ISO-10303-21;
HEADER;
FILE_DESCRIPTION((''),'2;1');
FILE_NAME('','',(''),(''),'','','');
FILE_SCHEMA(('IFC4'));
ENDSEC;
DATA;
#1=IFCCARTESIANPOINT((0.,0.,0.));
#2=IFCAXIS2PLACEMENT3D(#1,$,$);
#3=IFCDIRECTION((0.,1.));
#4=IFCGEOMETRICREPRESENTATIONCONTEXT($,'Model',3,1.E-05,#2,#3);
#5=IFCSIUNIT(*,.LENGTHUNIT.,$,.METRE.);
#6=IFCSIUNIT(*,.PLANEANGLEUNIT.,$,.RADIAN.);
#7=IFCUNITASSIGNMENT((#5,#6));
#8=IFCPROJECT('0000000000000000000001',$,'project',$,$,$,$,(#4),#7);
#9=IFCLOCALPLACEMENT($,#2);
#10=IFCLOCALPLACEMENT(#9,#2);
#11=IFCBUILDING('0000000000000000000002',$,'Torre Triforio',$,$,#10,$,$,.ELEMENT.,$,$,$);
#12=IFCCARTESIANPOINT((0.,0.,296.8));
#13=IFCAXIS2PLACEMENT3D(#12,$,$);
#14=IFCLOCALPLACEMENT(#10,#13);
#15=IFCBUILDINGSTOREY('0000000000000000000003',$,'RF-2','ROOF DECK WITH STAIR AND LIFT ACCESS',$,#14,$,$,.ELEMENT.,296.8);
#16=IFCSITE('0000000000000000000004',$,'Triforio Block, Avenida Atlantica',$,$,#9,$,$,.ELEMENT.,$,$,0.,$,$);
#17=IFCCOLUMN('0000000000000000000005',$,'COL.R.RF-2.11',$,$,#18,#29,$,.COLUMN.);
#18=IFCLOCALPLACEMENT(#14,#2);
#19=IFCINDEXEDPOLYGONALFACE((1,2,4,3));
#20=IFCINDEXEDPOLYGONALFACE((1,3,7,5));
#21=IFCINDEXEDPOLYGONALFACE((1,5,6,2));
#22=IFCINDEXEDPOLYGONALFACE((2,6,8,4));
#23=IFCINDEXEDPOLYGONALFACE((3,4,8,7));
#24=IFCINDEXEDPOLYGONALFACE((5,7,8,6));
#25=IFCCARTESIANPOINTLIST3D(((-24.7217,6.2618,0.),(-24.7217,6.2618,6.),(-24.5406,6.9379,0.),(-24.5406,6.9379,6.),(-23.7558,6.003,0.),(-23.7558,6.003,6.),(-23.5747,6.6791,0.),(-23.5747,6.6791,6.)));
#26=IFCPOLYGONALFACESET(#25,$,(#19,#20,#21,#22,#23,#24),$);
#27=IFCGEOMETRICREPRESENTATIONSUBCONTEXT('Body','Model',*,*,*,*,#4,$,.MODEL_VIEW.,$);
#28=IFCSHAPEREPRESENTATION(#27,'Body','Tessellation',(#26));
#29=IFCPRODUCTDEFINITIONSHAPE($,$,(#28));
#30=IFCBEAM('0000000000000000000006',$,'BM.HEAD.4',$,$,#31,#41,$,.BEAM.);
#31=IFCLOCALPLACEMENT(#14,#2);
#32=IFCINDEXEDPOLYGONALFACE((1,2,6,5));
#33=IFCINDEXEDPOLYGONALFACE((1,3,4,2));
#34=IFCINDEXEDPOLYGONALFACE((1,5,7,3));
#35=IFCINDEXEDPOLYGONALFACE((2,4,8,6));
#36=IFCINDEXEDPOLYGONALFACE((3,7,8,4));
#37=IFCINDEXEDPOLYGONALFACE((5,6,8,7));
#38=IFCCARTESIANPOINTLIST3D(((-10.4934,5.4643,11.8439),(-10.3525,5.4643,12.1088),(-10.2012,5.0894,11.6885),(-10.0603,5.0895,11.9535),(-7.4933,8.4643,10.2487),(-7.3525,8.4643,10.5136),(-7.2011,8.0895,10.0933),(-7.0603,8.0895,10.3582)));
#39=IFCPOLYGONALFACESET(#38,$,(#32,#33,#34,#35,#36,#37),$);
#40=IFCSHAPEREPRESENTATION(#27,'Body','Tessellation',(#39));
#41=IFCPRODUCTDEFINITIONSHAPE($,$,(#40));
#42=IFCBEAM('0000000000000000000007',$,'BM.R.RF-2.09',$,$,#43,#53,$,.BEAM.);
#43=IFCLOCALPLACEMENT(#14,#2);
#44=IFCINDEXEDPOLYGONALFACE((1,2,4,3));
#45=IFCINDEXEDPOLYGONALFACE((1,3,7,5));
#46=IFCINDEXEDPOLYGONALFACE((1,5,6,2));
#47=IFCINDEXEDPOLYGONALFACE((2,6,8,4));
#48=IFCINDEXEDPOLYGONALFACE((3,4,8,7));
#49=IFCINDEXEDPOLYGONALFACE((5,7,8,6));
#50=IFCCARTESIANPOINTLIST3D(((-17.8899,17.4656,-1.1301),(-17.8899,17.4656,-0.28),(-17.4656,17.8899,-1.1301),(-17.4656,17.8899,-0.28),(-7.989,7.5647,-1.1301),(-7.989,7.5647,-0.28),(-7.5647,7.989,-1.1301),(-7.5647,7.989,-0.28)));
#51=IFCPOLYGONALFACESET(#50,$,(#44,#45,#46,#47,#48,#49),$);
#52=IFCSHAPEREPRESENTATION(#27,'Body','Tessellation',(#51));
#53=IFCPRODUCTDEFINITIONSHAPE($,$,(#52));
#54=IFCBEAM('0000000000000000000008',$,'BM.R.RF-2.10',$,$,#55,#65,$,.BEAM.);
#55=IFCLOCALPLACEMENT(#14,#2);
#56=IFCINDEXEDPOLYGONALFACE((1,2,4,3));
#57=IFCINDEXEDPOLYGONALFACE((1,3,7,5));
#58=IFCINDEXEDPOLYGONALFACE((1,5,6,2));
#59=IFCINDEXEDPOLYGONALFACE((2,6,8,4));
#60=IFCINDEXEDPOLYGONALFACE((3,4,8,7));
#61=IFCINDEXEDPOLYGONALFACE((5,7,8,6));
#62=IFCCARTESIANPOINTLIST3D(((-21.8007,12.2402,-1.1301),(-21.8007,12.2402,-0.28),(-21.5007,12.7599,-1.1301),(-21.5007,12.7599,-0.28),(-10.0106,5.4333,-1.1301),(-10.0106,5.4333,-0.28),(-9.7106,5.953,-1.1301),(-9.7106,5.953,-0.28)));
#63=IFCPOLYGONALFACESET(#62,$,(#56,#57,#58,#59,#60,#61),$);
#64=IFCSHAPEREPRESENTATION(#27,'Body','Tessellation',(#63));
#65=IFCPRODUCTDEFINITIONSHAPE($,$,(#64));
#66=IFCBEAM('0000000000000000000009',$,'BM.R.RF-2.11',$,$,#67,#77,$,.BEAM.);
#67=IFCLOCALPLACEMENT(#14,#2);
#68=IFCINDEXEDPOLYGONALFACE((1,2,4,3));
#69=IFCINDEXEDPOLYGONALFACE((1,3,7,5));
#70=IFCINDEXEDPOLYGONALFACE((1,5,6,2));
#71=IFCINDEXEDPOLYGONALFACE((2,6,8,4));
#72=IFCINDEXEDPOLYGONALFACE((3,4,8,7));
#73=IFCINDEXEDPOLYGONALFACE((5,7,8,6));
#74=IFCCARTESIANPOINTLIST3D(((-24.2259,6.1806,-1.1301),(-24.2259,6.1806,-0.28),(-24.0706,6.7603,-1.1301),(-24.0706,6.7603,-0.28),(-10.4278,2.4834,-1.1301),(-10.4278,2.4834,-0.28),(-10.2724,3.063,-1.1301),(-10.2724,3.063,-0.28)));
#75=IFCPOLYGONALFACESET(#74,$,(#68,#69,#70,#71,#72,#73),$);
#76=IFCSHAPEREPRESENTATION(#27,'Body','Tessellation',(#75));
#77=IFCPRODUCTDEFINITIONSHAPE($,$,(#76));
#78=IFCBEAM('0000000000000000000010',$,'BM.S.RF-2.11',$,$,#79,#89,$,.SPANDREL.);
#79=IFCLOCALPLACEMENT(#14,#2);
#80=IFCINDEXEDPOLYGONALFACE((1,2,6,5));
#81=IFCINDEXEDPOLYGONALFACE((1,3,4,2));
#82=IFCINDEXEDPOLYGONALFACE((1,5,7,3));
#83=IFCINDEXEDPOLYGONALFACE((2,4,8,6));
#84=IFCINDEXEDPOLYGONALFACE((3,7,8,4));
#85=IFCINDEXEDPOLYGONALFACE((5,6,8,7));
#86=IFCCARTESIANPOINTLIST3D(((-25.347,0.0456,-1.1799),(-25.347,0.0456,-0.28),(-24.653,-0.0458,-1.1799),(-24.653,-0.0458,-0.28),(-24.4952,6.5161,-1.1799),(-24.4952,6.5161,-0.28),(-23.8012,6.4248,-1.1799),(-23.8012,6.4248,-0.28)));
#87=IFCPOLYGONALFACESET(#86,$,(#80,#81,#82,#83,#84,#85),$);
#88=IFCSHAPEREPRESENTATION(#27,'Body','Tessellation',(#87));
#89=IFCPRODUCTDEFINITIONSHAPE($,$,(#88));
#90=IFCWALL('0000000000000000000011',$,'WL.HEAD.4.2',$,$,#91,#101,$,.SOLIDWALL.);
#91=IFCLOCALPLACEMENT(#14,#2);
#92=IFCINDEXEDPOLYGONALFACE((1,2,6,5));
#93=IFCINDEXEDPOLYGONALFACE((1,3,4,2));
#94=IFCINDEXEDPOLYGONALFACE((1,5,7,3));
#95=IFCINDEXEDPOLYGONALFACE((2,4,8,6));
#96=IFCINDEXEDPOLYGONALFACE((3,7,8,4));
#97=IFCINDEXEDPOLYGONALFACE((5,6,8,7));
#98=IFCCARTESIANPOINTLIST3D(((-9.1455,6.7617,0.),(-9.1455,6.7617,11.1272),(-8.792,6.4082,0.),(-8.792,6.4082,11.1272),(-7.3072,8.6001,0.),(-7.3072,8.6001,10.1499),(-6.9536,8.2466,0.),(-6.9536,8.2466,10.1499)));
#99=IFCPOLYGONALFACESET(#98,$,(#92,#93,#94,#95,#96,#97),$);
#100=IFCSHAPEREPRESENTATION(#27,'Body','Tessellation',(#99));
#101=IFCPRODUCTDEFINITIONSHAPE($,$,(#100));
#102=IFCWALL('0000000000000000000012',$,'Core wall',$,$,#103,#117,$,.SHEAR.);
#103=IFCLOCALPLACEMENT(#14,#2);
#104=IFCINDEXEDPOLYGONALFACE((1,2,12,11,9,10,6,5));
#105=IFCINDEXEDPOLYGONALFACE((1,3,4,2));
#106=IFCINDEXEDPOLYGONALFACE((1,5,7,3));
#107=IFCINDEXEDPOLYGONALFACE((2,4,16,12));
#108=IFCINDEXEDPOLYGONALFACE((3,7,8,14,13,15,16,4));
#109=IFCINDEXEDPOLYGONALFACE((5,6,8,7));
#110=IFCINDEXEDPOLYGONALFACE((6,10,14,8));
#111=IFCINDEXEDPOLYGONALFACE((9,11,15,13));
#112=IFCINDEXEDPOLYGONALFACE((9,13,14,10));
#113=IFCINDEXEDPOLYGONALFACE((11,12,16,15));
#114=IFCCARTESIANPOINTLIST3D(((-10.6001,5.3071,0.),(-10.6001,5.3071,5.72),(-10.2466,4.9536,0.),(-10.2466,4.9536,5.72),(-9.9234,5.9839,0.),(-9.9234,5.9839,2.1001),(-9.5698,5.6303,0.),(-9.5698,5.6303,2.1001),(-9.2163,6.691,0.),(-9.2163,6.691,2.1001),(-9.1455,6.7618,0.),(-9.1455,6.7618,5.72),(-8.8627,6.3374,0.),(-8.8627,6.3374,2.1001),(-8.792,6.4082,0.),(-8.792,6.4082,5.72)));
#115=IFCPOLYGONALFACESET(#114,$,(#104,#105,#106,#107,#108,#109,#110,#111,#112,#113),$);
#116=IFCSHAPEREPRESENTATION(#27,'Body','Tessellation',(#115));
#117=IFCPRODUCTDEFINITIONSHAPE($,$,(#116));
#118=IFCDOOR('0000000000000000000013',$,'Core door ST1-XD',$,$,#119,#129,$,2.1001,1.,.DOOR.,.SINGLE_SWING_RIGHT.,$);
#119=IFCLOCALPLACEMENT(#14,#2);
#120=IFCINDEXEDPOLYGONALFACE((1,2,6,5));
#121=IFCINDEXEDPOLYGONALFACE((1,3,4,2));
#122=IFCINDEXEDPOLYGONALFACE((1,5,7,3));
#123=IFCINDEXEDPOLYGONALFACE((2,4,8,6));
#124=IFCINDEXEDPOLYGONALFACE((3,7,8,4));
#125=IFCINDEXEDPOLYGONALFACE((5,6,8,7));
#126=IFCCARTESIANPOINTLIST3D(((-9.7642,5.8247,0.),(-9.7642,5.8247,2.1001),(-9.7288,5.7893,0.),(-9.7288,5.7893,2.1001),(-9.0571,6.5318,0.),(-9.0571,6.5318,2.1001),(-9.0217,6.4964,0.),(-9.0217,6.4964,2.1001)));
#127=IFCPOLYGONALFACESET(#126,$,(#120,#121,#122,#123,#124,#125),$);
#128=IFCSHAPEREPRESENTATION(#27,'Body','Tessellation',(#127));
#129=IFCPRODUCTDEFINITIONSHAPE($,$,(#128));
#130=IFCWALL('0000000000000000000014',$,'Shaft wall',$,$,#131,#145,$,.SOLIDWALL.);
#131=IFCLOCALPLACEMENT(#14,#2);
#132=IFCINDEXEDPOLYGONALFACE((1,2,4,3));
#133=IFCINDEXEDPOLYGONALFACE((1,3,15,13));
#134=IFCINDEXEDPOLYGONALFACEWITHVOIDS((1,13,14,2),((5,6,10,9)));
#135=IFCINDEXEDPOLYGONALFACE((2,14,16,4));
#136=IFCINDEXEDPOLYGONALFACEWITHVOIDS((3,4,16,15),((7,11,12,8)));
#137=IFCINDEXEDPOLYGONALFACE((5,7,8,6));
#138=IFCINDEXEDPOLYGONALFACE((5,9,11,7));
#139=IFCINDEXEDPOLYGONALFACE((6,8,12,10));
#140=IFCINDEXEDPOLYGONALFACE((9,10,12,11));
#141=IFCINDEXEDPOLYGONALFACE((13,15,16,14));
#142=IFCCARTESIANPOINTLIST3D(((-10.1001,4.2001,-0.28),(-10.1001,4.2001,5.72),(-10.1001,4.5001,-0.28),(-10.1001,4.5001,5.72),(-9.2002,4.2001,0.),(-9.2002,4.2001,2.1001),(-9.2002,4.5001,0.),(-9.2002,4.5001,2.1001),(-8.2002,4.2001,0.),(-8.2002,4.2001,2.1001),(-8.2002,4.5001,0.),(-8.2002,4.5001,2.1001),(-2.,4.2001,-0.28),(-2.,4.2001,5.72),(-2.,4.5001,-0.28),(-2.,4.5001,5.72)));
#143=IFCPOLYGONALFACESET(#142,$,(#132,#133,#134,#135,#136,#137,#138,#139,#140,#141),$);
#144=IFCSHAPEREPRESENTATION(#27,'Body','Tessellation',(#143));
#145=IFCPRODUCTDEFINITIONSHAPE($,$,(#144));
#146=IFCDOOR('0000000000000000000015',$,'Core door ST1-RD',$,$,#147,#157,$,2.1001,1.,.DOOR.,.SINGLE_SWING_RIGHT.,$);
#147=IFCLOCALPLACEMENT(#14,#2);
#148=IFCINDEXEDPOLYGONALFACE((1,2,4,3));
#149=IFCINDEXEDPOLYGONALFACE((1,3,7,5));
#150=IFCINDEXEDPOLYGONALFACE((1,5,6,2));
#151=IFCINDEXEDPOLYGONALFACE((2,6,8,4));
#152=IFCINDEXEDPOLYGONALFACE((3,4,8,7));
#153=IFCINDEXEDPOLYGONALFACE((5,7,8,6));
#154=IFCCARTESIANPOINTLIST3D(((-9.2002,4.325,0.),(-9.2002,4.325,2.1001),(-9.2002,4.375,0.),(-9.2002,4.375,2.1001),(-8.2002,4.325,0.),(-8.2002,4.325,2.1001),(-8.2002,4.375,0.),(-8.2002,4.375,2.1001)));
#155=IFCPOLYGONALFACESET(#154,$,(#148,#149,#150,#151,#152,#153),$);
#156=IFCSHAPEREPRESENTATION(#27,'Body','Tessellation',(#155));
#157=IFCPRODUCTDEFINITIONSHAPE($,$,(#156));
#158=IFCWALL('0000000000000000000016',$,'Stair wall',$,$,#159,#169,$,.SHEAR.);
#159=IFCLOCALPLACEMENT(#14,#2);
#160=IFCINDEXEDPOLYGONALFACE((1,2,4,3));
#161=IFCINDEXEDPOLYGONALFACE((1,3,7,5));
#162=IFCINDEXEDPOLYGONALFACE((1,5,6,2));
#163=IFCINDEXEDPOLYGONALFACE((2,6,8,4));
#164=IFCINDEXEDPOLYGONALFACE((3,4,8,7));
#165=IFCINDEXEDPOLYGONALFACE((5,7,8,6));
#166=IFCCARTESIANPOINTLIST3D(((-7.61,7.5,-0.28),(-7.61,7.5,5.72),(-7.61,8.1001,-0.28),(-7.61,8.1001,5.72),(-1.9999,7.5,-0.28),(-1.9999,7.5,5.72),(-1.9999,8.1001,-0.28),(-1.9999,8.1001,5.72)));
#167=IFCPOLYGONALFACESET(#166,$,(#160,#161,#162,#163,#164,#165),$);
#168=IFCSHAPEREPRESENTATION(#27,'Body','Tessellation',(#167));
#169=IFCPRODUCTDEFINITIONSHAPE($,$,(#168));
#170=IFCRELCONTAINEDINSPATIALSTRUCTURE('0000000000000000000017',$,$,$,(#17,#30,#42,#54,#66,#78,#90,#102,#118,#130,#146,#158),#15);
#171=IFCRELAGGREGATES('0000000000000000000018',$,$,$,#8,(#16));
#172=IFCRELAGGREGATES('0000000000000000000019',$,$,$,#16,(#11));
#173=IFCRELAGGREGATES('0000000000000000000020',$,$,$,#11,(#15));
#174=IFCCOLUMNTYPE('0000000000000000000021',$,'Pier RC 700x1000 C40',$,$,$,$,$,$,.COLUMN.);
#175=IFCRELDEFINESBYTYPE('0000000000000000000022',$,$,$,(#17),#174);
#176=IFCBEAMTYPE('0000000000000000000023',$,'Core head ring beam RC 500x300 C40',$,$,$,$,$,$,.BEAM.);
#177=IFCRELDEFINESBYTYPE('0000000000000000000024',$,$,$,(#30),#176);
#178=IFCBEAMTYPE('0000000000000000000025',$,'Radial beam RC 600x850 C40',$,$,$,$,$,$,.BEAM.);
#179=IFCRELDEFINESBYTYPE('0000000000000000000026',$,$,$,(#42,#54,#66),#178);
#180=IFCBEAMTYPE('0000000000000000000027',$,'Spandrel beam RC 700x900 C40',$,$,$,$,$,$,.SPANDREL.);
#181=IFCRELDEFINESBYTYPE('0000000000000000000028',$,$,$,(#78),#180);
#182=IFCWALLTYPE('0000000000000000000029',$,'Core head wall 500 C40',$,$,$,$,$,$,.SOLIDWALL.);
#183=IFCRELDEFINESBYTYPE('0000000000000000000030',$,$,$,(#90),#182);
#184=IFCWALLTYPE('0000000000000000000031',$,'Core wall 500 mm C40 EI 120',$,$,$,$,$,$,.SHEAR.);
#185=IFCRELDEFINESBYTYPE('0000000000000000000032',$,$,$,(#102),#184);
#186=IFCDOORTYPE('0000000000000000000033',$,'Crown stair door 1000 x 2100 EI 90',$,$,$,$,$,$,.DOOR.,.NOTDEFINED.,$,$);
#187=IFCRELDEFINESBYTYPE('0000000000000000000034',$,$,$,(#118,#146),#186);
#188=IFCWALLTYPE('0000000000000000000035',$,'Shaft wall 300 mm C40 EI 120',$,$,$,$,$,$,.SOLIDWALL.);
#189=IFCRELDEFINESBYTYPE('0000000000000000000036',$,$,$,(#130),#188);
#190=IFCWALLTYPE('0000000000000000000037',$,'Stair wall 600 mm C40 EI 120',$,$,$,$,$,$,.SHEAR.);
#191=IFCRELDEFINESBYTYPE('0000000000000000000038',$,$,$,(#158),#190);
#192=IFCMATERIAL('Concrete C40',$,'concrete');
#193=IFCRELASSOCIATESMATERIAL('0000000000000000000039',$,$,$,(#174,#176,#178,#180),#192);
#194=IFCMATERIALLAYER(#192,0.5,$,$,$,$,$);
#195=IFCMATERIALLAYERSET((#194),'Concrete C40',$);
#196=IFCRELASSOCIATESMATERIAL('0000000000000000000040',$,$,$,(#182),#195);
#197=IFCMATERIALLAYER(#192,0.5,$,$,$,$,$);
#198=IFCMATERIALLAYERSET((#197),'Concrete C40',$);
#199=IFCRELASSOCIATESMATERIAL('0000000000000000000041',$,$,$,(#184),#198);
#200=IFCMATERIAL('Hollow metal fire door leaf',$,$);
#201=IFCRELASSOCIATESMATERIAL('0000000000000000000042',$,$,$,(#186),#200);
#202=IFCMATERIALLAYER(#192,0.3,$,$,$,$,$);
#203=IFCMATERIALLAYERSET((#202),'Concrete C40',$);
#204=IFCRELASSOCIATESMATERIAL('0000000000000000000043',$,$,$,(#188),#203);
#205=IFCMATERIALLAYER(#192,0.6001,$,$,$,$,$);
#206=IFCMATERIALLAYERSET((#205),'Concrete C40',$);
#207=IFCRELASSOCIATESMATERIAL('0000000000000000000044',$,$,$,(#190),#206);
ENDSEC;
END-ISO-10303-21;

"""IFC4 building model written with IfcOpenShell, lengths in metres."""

from ifc_helpers import new_model, si_unit, direction, frame, frame_2d, origin, origin_2d, place, context, subcontext, project, spatial, polyline, rectangle, outline, extrude, material, layer, layer_set, material_profile, profile_set, type_object, element, fill, save


model = new_model("IFC4")

# Units and contexts
model_context = context("Model", 3, precision=1e-05, world=origin(), true_north=direction((0.0, 1.0)))
body_context = subcontext(model_context, "Body", "Model", "MODEL_VIEW")
ifc_project = project(units=[si_unit("LENGTHUNIT", "METRE"), si_unit("PLANEANGLEUNIT", "RADIAN")], contexts=[model_context])

# Site, building, storey
site_placement = place(None, origin())
site = spatial("IfcSite", under=ifc_project, at=site_placement, Name="Triforio Block, Avenida Atlantica", CompositionType="ELEMENT", RefElevation=0.0)
building_placement = place(site_placement, origin())
building = spatial("IfcBuilding", under=site, at=building_placement, Name="Torre Triforio", CompositionType="ELEMENT")
storey_placement = place(building_placement, frame((0.0, 0.0, 296.8)))
storey = spatial("IfcBuildingStorey", under=building, at=storey_placement, Name="RF-2", Description="ROOF DECK WITH STAIR AND LIFT ACCESS", CompositionType="ELEMENT", Elevation=296.8)

# Column
ifc_material_1 = material(Name="Concrete C40", Category="concrete")
ifc_material_profile_1 = material_profile(ifc_material_1, rectangle(XDim=0.7, YDim=1.0, at=origin_2d()), Name="RC 700x1000")
ifc_profile_set_1 = profile_set([ifc_material_profile_1], Name="Concrete C40")
column_type = type_object("IfcColumnType", Name="Pier RC 700x1000 C40", PredefinedType="COLUMN", material=ifc_profile_set_1)
column_placement = place(storey_placement, frame((-24.1482, 6.4705, 0.0), z_axis=(0.0, 0.0, 1.0), x_axis=(-0.258819, -0.965926, 0.0)))
element("IfcColumn", 1, at=column_placement, inside=storey, type_object=column_type, Name="COL.R.RF-2.11", PredefinedType="COLUMN", context=body_context, shape_type="SweptSolid", body=[
    extrude(rectangle(XDim=0.7, YDim=1.0, at=origin_2d()), origin(), (0.0, 0.0, 1.0), 6.0),
])

# Beams
ifc_material_profile_2 = material_profile(ifc_material_1, rectangle(XDim=0.5, YDim=0.3, at=origin_2d()), Name="RC 500x300")
ifc_profile_set_2 = profile_set([ifc_material_profile_2], Name="Concrete C40")
beam_type_1 = type_object("IfcBeamType", Name="Core head ring beam RC 500x300 C40", PredefinedType="BEAM", material=ifc_profile_set_2)
beam_1_placement = place(storey_placement, frame((-10.2769, 5.2769, 11.8987), z_axis=(0.661868, 0.661868, -0.35194), x_axis=(-0.584395, 0.749621, 0.310728)))
element("IfcBeam", 2, at=beam_1_placement, inside=storey, type_object=beam_type_1, Name="BM.HEAD.4", PredefinedType="BEAM", context=body_context, shape_type="SweptSolid", body=[
    extrude(rectangle(XDim=0.5, YDim=0.3, at=origin_2d()), origin(), (0.0, 0.0, 1.0), 4.5327),
])
ifc_material_profile_3 = material_profile(ifc_material_1, rectangle(XDim=0.6001, YDim=0.8501, at=origin_2d()), Name="RC 600x850")
ifc_profile_set_3 = profile_set([ifc_material_profile_3], Name="Concrete C40")
beam_type_2 = type_object("IfcBeamType", Name="Radial beam RC 600x850 C40", PredefinedType="BEAM", material=ifc_profile_set_3)
beam_2_placement = place(storey_placement, frame((-7.7769, 7.7769, -0.7051), z_axis=(-0.707107, 0.707107, 0.0), x_axis=(-0.707107, -0.707107, 0.0)))
element("IfcBeam", 3, at=beam_2_placement, inside=storey, type_object=beam_type_2, Name="BM.R.RF-2.09", PredefinedType="BEAM", context=body_context, shape_type="SweptSolid", body=[
    extrude(rectangle(XDim=0.6001, YDim=0.8501, at=origin_2d()), origin(), (0.0, 0.0, 1.0), 14.002),
])
beam_3_placement = place(storey_placement, frame((-9.8606, 5.6931, -0.7051), z_axis=(-0.866029, 0.499995, 0.0), x_axis=(-0.499995, -0.866029, 0.0)))
element("IfcBeam", 4, at=beam_3_placement, inside=storey, type_object=beam_type_2, Name="BM.R.RF-2.10", PredefinedType="BEAM", context=body_context, shape_type="SweptSolid", body=[
    extrude(rectangle(XDim=0.6001, YDim=0.8501, at=origin_2d()), origin(), (0.0, 0.0, 1.0), 13.614),
])
beam_4_placement = place(storey_placement, frame((-10.3501, 2.7732, -0.7051), z_axis=(-0.965924, 0.258824, 0.0), x_axis=(-0.258824, -0.965924, 0.0)))
element("IfcBeam", 5, at=beam_4_placement, inside=storey, type_object=beam_type_2, Name="BM.R.RF-2.11", PredefinedType="BEAM", context=body_context, shape_type="SweptSolid", body=[
    extrude(rectangle(XDim=0.6001, YDim=0.8501, at=origin_2d()), origin(), (0.0, 0.0, 1.0), 14.2849),
])
ifc_material_profile_4 = material_profile(ifc_material_1, rectangle(XDim=0.7, YDim=0.8999, at=origin_2d()), Name="RC 700x900")
ifc_profile_set_4 = profile_set([ifc_material_profile_4], Name="Concrete C40")
beam_type_3 = type_object("IfcBeamType", Name="Spandrel beam RC 700x900 C40", PredefinedType="SPANDREL", material=ifc_profile_set_4)
beam_5_placement = place(storey_placement, frame((-24.1482, 6.4705, -0.73), z_axis=(-0.130519, -0.991446, 0.0), x_axis=(0.991446, -0.130519, 0.0)))
element("IfcBeam", 6, at=beam_5_placement, inside=storey, type_object=beam_type_3, Name="BM.S.RF-2.11", PredefinedType="SPANDREL", context=body_context, shape_type="SweptSolid", body=[
    extrude(rectangle(XDim=0.7, YDim=0.8999, at=origin_2d()), origin(), (0.0, 0.0, 1.0), 6.5264),
])

# Wall
ifc_layer_1 = layer(ifc_material_1, 0.5)
ifc_layer_set_1 = layer_set([ifc_layer_1], Name="Concrete C40")
wall_type_1 = type_object("IfcWallType", Name="Core head wall 500 C40", PredefinedType="SOLIDWALL", material=ifc_layer_set_1)
wall_1_placement = place(storey_placement, frame((-8.9688, 6.585, 0.0), z_axis=(0.0, 0.0, 1.0), x_axis=(0.707107, 0.707107, 0.0)))
element("IfcWall", 7, at=wall_1_placement, inside=storey, type_object=wall_type_1, Name="WL.HEAD.4.2", PredefinedType="SOLIDWALL", context=body_context, shape_type="SweptSolid", body=[
    extrude(outline(polyline([(0.0, 0.0), (2.5999, 0.0), (2.5999, 10.1499), (0.0, 11.1272), (0.0, 0.0)])), frame((0.0, 0.25, 0.0), z_axis=(0.0, -1.0, 0.0), x_axis=(1.0, 0.0, 0.0)), (0.0, 0.0, 1.0), 0.5),
])

# Walls, openings, doors
ifc_layer_2 = layer(ifc_material_1, 0.5)
ifc_layer_set_2 = layer_set([ifc_layer_2], Name="Concrete C40")
wall_type_2 = type_object("IfcWallType", Name="Core wall 500 mm C40 EI 120", PredefinedType="SHEAR", material=ifc_layer_set_2)
wall_2_placement = place(storey_placement, frame((-10.4233, 5.1304, 0.0), z_axis=(0.0, 0.0, 1.0), x_axis=(0.707107, 0.707107, 0.0)))
wall_2 = element("IfcWall", 8, at=wall_2_placement, inside=storey, type_object=wall_type_2, Name="Core wall", PredefinedType="SHEAR", context=body_context, shape_type="SweptSolid", body=[
    extrude(rectangle(XDim=2.0571, YDim=0.5, at=frame_2d((1.0286, 0.0))), origin(), (0.0, 0.0, 1.0), 5.72),
])
opening_1_placement = place(wall_2_placement, frame((0.957, 0.0, 0.0)))
opening_1 = element("IfcOpeningElement", 9, at=opening_1_placement, cuts=wall_2, PredefinedType="OPENING", context=body_context, shape_type="SweptSolid", body=[
    extrude(rectangle(XDim=1.0, YDim=2.1001, at=frame_2d((0.5, 1.05))), frame((0.0, 0.26, 0.0), z_axis=(0.0, -1.0, 0.0), x_axis=(1.0, 0.0, 0.0)), (0.0, 0.0, 1.0), 0.52),
])
ifc_material_2 = material(Name="Hollow metal fire door leaf")
door_type = type_object("IfcDoorType", Name="Crown stair door 1000 x 2100 EI 90", OperationType="NOTDEFINED", PredefinedType="DOOR", material=ifc_material_2)
door_1_placement = place(opening_1_placement, origin())
door_1 = element("IfcDoor", 10, at=door_1_placement, inside=storey, type_object=door_type, Name="Core door ST1-XD", OperationType="SINGLE_SWING_RIGHT", OverallHeight=2.1001, OverallWidth=1.0, PredefinedType="DOOR", context=body_context, shape_type="SweptSolid", body=[
    extrude(rectangle(XDim=1.0, YDim=2.1001, at=frame_2d((0.5, 1.05))), frame((0.0, 0.0249, 0.0), z_axis=(0.0, -1.0, 0.0), x_axis=(1.0, 0.0, 0.0)), (0.0, 0.0, 1.0), 0.05),
])
fill(opening_1, door_1)
ifc_layer_3 = layer(ifc_material_1, 0.3)
ifc_layer_set_3 = layer_set([ifc_layer_3], Name="Concrete C40")
wall_type_3 = type_object("IfcWallType", Name="Shaft wall 300 mm C40 EI 120", PredefinedType="SOLIDWALL", material=ifc_layer_set_3)
wall_3_placement = place(storey_placement, frame((-10.1001, 4.3501, -0.28), z_axis=(0.0, 0.0, 1.0), x_axis=(1.0, 0.0, 0.0)))
wall_3 = element("IfcWall", 11, at=wall_3_placement, inside=storey, type_object=wall_type_3, Name="Shaft wall", PredefinedType="SOLIDWALL", context=body_context, shape_type="SweptSolid", body=[
    extrude(rectangle(XDim=8.1001, YDim=0.3, at=frame_2d((4.05, 0.0))), origin(), (0.0, 0.0, 1.0), 6.0),
])
opening_2_placement = place(wall_3_placement, frame((0.8999, 0.0, 0.28)))
opening_2 = element("IfcOpeningElement", 12, at=opening_2_placement, cuts=wall_3, PredefinedType="OPENING", context=body_context, shape_type="SweptSolid", body=[
    extrude(rectangle(XDim=1.0, YDim=2.1001, at=frame_2d((0.5, 1.05))), frame((0.0, 0.1599, 0.0), z_axis=(0.0, -1.0, 0.0), x_axis=(1.0, 0.0, 0.0)), (0.0, 0.0, 1.0), 0.3201),
])
door_2_placement = place(opening_2_placement, origin())
door_2 = element("IfcDoor", 13, at=door_2_placement, inside=storey, type_object=door_type, Name="Core door ST1-RD", OperationType="SINGLE_SWING_RIGHT", OverallHeight=2.1001, OverallWidth=1.0, PredefinedType="DOOR", context=body_context, shape_type="SweptSolid", body=[
    extrude(rectangle(XDim=1.0, YDim=2.1001, at=frame_2d((0.5, 1.05))), frame((0.0, 0.0249, 0.0), z_axis=(0.0, -1.0, 0.0), x_axis=(1.0, 0.0, 0.0)), (0.0, 0.0, 1.0), 0.05),
])
fill(opening_2, door_2)

# Wall
ifc_layer_4 = layer(ifc_material_1, 0.6001)
ifc_layer_set_4 = layer_set([ifc_layer_4], Name="Concrete C40")
wall_type_4 = type_object("IfcWallType", Name="Stair wall 600 mm C40 EI 120", PredefinedType="SHEAR", material=ifc_layer_set_4)
wall_4_placement = place(storey_placement, frame((-7.6101, 7.8, -0.28), z_axis=(0.0, 0.0, 1.0), x_axis=(1.0, 0.0, 0.0)))
element("IfcWall", 14, at=wall_4_placement, inside=storey, type_object=wall_type_4, Name="Stair wall", PredefinedType="SHEAR", context=body_context, shape_type="SweptSolid", body=[
    extrude(rectangle(XDim=5.6101, YDim=0.6001, at=frame_2d((2.8052, 0.0))), origin(), (0.0, 0.0, 1.0), 6.0),
])

save(model, "model.ifc")
